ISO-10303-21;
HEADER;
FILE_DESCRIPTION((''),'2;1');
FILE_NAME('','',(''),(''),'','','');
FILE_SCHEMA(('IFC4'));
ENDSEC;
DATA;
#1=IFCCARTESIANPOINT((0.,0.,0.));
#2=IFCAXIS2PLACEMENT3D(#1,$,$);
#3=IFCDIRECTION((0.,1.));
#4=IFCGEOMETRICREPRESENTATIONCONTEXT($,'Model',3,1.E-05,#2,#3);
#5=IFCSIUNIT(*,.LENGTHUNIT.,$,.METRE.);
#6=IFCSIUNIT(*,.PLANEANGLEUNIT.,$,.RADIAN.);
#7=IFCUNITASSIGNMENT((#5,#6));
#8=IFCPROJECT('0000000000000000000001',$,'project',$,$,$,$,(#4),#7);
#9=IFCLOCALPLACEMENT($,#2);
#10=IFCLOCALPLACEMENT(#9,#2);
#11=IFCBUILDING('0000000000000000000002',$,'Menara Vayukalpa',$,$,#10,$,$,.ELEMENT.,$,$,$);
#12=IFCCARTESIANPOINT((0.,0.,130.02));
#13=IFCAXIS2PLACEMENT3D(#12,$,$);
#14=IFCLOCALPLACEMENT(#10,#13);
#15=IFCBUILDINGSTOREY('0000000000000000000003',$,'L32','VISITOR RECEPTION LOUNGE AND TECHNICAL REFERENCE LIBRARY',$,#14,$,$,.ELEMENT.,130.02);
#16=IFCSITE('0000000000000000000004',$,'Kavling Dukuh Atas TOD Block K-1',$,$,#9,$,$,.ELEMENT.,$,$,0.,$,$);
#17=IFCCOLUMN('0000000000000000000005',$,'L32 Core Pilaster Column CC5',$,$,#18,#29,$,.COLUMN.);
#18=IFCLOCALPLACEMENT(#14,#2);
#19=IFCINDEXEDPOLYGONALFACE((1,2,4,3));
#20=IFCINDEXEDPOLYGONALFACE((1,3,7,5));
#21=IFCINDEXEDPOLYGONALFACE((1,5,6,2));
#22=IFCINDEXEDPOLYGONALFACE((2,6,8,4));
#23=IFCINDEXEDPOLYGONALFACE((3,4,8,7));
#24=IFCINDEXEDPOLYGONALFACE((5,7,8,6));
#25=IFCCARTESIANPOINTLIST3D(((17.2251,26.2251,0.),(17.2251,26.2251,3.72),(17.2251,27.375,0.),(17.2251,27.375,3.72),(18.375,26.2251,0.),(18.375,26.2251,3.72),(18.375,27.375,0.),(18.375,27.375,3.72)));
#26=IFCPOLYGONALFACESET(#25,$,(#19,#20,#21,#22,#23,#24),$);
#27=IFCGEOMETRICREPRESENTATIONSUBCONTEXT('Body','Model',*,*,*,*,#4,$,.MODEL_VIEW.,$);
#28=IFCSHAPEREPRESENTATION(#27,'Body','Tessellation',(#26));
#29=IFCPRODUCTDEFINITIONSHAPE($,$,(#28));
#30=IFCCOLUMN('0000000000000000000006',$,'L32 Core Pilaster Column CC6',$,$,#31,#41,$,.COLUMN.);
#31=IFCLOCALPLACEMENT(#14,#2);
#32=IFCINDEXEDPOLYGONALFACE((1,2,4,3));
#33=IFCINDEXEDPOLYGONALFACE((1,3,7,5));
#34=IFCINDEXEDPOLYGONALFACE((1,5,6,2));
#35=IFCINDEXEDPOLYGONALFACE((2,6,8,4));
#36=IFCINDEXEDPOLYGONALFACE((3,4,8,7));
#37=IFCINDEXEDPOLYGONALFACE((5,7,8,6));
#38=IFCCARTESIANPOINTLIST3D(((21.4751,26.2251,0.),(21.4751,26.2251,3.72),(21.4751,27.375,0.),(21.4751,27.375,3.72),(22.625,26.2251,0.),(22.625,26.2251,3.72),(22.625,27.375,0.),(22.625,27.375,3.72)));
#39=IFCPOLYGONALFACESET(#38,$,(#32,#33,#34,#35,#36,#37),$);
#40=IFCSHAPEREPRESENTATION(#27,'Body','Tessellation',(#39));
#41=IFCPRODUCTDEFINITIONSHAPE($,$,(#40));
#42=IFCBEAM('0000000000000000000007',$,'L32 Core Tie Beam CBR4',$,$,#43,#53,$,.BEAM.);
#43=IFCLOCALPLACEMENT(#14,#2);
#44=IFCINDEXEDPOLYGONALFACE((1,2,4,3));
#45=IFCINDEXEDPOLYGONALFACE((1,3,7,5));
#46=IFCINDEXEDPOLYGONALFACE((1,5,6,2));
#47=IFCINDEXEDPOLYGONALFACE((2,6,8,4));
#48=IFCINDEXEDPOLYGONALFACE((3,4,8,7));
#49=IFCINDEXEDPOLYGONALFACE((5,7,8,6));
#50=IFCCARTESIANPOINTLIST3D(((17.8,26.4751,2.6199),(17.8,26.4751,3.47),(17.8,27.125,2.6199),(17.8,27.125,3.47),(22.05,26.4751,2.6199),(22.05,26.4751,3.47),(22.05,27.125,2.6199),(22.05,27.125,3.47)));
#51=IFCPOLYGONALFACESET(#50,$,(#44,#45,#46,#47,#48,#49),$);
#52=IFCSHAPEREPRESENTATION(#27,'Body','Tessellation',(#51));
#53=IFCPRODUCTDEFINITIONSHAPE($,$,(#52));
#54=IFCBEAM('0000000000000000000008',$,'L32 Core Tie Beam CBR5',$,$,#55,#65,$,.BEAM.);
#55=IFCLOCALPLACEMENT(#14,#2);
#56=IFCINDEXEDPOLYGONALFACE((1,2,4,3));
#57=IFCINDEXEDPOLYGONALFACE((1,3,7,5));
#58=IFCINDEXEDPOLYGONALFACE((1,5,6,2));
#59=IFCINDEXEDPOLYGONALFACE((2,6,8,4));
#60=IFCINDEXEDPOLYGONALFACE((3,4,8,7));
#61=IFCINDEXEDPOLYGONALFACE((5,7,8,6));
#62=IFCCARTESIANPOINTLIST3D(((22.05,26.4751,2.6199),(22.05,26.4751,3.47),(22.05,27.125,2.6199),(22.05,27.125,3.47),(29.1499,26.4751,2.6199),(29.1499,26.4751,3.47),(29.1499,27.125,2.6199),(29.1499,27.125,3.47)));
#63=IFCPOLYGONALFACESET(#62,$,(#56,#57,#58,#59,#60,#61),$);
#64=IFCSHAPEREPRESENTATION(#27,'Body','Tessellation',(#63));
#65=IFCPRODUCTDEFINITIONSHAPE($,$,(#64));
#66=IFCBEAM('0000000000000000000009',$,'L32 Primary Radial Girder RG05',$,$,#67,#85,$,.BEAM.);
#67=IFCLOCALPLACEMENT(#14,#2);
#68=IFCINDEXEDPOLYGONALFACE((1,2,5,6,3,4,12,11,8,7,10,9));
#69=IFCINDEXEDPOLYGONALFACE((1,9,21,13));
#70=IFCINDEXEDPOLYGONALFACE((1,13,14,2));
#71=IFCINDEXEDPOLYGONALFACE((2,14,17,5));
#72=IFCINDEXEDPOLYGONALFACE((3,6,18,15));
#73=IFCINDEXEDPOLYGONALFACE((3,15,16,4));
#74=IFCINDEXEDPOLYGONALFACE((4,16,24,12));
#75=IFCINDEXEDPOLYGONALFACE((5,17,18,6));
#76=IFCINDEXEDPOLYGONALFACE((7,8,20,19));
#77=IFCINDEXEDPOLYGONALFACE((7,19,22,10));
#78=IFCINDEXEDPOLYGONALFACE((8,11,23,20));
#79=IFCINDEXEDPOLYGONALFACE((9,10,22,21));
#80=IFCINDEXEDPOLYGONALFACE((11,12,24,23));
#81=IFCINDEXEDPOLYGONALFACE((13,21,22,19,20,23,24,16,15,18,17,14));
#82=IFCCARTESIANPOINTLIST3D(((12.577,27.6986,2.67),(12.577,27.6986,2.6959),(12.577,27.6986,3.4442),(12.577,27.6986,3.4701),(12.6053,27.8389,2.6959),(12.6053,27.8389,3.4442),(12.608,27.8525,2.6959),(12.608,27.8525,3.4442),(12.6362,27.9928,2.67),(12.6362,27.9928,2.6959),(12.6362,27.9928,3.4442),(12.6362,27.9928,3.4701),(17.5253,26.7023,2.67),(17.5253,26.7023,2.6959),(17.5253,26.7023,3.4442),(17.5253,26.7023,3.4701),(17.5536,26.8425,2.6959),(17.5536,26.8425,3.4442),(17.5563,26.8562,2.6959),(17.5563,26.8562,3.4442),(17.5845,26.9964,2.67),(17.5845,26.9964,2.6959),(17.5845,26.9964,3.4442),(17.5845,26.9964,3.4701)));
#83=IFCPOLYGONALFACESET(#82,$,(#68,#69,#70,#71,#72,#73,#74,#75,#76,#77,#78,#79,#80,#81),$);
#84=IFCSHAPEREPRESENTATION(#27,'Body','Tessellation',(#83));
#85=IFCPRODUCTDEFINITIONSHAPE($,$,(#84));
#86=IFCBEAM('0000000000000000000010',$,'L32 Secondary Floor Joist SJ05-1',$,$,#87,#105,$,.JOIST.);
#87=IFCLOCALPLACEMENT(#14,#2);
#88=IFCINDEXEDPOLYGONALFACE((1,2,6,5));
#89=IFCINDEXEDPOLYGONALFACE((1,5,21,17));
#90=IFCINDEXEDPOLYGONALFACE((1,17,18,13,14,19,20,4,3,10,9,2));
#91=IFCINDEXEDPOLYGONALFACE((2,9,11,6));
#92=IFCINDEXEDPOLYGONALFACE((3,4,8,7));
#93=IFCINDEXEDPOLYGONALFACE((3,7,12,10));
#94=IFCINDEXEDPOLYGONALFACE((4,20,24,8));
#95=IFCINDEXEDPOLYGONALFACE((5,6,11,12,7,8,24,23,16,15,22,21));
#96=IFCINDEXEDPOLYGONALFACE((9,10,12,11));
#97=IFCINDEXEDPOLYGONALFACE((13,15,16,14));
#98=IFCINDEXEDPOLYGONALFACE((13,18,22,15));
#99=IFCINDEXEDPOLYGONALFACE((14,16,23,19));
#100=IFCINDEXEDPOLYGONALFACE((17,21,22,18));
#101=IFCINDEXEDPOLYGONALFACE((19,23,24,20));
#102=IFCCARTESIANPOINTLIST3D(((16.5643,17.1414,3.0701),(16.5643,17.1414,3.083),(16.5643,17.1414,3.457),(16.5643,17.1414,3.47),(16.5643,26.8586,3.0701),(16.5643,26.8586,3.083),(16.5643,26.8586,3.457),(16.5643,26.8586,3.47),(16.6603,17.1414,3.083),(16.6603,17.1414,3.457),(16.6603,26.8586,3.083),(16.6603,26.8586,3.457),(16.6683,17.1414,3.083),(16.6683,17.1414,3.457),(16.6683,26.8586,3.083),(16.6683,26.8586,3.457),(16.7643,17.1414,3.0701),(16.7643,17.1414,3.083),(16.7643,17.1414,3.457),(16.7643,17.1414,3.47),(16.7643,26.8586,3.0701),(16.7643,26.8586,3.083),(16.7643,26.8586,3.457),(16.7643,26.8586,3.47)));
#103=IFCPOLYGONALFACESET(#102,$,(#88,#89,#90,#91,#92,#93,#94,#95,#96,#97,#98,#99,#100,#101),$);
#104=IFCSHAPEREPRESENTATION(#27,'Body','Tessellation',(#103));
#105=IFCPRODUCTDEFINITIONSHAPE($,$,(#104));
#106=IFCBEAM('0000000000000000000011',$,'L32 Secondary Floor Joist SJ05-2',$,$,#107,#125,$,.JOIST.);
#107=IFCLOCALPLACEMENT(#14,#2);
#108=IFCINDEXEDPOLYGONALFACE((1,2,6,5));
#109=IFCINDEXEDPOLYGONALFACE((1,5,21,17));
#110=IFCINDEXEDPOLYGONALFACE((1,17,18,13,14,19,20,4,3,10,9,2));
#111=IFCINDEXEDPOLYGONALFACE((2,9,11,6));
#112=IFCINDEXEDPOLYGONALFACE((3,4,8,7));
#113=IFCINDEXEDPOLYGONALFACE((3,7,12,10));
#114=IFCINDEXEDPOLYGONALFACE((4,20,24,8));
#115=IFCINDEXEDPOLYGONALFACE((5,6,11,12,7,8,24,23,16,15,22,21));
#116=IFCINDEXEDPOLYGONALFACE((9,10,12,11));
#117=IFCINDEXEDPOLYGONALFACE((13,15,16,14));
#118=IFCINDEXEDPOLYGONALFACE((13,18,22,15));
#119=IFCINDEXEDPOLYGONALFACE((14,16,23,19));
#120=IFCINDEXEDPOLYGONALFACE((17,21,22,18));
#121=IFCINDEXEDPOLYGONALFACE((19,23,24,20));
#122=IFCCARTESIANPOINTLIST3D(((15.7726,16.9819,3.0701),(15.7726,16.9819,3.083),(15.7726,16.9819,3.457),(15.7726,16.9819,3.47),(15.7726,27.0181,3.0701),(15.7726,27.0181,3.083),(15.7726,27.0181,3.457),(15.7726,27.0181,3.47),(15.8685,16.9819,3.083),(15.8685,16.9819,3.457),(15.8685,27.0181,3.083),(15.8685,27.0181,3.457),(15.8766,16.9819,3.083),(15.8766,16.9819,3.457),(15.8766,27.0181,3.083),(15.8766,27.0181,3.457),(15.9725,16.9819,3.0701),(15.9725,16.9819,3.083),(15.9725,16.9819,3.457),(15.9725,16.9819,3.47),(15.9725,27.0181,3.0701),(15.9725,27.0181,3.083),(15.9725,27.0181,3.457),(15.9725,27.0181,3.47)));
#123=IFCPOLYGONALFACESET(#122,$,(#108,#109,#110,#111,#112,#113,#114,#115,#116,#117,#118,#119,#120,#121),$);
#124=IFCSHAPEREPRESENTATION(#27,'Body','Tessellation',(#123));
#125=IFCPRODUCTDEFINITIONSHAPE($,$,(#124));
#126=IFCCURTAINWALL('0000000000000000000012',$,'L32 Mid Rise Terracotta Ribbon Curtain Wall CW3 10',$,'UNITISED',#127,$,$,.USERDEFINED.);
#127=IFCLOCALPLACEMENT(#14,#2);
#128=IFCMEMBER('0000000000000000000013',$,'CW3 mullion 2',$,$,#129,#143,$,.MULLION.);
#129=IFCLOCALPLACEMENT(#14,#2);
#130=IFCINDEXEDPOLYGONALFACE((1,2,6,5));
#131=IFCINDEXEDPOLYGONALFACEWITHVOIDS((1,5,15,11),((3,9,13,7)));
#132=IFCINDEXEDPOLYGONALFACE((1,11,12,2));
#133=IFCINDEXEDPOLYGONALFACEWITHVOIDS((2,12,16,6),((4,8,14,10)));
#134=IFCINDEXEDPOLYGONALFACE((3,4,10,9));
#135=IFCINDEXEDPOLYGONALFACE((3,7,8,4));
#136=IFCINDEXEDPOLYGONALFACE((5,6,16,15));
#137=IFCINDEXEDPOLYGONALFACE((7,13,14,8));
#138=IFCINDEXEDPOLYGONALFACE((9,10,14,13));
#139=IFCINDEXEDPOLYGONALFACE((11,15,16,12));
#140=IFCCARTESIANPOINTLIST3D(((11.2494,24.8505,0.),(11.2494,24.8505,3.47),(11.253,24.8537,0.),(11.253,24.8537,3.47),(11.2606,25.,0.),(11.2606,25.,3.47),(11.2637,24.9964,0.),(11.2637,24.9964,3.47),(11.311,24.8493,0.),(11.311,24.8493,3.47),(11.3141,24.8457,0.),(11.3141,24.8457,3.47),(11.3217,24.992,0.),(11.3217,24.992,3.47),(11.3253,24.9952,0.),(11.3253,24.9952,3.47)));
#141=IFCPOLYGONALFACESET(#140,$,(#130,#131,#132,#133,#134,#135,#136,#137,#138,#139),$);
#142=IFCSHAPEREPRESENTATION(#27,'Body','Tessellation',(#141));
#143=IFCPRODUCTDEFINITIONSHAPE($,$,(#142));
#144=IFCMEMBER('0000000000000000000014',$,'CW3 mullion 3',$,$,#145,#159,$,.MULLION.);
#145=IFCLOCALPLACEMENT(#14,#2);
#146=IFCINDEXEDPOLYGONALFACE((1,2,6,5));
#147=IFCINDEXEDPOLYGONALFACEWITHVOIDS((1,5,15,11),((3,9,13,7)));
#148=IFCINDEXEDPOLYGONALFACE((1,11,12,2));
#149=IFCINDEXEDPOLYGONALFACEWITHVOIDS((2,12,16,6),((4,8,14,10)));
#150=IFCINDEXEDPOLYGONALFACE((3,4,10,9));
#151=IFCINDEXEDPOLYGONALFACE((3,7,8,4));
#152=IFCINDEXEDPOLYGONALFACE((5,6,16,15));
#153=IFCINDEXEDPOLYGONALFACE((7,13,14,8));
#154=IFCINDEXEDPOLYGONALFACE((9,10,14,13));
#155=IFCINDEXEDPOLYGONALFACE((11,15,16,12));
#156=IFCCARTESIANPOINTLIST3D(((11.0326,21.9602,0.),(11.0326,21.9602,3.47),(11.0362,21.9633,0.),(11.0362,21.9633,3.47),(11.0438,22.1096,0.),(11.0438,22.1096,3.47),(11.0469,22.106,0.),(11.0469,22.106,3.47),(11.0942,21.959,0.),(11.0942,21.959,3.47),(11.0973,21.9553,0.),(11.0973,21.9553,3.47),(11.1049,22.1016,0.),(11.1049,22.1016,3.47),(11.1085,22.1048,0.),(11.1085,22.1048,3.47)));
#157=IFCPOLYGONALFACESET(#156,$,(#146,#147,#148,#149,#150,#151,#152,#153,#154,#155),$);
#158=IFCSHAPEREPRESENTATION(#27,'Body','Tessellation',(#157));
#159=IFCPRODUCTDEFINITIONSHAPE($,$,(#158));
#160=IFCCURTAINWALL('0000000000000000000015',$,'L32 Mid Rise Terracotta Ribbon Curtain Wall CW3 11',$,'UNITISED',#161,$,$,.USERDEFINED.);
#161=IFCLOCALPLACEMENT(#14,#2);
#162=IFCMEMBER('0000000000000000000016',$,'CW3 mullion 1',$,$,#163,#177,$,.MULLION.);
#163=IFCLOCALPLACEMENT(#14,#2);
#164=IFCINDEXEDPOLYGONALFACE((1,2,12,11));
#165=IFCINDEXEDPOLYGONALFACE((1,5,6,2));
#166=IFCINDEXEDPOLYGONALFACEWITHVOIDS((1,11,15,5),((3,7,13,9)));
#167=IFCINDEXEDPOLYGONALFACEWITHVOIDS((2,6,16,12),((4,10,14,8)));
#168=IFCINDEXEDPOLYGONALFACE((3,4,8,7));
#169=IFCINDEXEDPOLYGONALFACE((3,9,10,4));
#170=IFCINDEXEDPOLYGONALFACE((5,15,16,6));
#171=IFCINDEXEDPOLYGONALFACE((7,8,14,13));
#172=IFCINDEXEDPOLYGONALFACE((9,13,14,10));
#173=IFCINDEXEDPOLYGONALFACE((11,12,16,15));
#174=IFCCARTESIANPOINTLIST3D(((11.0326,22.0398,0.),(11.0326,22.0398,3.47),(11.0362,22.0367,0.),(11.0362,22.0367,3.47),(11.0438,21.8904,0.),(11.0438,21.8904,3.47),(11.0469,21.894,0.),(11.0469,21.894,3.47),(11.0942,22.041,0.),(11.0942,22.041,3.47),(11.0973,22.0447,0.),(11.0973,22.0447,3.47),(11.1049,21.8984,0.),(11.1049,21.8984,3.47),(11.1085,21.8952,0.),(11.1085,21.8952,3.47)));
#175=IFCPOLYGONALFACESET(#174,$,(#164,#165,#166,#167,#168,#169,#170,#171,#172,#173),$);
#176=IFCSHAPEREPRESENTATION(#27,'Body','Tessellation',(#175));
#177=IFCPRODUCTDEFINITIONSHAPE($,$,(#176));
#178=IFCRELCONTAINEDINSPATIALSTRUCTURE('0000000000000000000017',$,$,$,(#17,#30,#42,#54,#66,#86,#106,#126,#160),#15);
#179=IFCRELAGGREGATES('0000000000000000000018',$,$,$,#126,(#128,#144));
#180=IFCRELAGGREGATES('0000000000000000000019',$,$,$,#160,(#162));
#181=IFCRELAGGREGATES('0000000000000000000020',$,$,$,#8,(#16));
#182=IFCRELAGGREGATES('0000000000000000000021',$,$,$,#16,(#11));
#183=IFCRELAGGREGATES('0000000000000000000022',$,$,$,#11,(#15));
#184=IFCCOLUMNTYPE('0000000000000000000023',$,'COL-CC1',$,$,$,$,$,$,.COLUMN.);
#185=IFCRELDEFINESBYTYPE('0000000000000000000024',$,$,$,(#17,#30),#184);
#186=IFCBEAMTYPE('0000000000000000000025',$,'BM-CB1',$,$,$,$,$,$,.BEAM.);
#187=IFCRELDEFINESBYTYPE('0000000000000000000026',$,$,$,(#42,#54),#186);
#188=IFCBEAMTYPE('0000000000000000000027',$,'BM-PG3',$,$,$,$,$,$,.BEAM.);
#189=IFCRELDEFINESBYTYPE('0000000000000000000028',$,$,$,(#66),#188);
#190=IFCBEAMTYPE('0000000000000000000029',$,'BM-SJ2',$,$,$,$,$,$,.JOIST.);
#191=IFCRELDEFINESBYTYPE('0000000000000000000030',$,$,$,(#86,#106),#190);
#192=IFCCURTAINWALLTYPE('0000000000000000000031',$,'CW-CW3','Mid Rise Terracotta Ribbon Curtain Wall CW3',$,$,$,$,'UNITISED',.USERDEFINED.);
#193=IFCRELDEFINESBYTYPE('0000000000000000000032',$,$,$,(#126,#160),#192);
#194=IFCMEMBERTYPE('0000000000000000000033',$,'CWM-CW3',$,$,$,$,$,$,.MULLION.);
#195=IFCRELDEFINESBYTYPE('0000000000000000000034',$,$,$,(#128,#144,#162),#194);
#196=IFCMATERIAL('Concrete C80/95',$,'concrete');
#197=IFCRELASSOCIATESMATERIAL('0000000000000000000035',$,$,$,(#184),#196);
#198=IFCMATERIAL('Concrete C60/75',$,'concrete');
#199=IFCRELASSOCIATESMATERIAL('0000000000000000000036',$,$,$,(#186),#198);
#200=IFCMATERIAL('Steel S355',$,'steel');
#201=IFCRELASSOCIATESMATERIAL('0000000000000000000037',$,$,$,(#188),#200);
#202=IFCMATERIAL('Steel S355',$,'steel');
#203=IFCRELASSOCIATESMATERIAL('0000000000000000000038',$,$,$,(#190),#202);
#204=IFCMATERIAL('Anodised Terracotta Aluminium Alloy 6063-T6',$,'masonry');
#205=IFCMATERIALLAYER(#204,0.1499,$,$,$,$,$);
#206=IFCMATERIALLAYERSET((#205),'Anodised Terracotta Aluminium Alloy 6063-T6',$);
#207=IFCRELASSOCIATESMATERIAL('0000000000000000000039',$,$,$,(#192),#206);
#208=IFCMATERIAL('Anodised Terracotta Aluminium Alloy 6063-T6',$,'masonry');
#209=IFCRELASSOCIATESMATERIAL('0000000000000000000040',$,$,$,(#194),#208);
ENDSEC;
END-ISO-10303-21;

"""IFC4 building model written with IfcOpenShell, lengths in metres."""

from ifc_helpers import new_model, si_unit, direction, frame, origin, origin_2d, place, context, subcontext, project, spatial, rectangle, hollow_rectangle, i_section, extrude, material, layer, layer_set, material_profile, profile_set, type_object, element, aggregate, save


model = new_model("IFC4")

# Units and contexts
model_context = context("Model", 3, precision=1e-05, world=origin(), true_north=direction((0.0, 1.0)))
body_context = subcontext(model_context, "Body", "Model", "MODEL_VIEW")
ifc_project = project(units=[si_unit("LENGTHUNIT", "METRE"), si_unit("PLANEANGLEUNIT", "RADIAN")], contexts=[model_context])

# Site, building, storey
site_placement = place(None, origin())
site = spatial("IfcSite", under=ifc_project, at=site_placement, Name="Kavling Dukuh Atas TOD Block K-1", CompositionType="ELEMENT", RefElevation=0.0)
building_placement = place(site_placement, origin())
building = spatial("IfcBuilding", under=site, at=building_placement, Name="Menara Vayukalpa", CompositionType="ELEMENT")
storey_placement = place(building_placement, frame((0.0, 0.0, 130.02)))
storey = spatial("IfcBuildingStorey", under=building, at=storey_placement, Name="L32", Description="VISITOR RECEPTION LOUNGE AND TECHNICAL REFERENCE LIBRARY", CompositionType="ELEMENT", Elevation=130.02)

# Columns
ifc_material_1 = material(Name="Concrete C80/95", Category="concrete")
ifc_material_profile_1 = material_profile(ifc_material_1, rectangle(XDim=1.1499, YDim=1.1499, at=origin_2d()), Name="RC 1150x1150")
ifc_profile_set_1 = profile_set([ifc_material_profile_1], Name="Concrete C80/95")
column_type = type_object("IfcColumnType", Name="COL-CC1", PredefinedType="COLUMN", material=ifc_profile_set_1)
for number, where, z_axis, x_axis, name in (
    (1, (17.8, 26.8, 0.0), (0.0, 0.0, 1.0), (1.0, 0.0, 0.0), "L32 Core Pilaster Column CC5"),
    (2, (22.05, 26.8, 0.0), (0.0, 0.0, 1.0), (1.0, 0.0, 0.0), "L32 Core Pilaster Column CC6"),
):
    element("IfcColumn", number, at=place(storey_placement, frame(where, z_axis=z_axis, x_axis=x_axis)), inside=storey, type_object=column_type, Name=name, PredefinedType="COLUMN", context=body_context, shape_type="SweptSolid", body=[
        extrude(rectangle(XDim=1.1499, YDim=1.1499, at=origin_2d()), origin(), (0.0, 0.0, 1.0), 3.72),
    ])

# Beams
ifc_material_2 = material(Name="Concrete C60/75", Category="concrete")
ifc_material_profile_2 = material_profile(ifc_material_2, rectangle(XDim=0.6499, YDim=0.8501, at=origin_2d()), Name="RC 650x850")
ifc_profile_set_2 = profile_set([ifc_material_profile_2], Name="Concrete C60/75")
beam_type_1 = type_object("IfcBeamType", Name="BM-CB1", PredefinedType="BEAM", material=ifc_profile_set_2)
beam_1_placement = place(storey_placement, frame((17.8, 26.8, 3.0449), z_axis=(1.0, 0.0, 0.0), x_axis=(0.0, 1.0, 0.0)))
element("IfcBeam", 3, at=beam_1_placement, inside=storey, type_object=beam_type_1, Name="L32 Core Tie Beam CBR4", PredefinedType="BEAM", context=body_context, shape_type="SweptSolid", body=[
    extrude(rectangle(XDim=0.6499, YDim=0.8501, at=origin_2d()), origin(), (0.0, 0.0, 1.0), 4.25),
])
beam_2_placement = place(storey_placement, frame((22.05, 26.8, 3.0449), z_axis=(1.0, 0.0, 0.0), x_axis=(0.0, 1.0, 0.0)))
element("IfcBeam", 4, at=beam_2_placement, inside=storey, type_object=beam_type_1, Name="L32 Core Tie Beam CBR5", PredefinedType="BEAM", context=body_context, shape_type="SweptSolid", body=[
    extrude(rectangle(XDim=0.6499, YDim=0.8501, at=origin_2d()), origin(), (0.0, 0.0, 1.0), 7.0999),
])
ifc_material_3 = material(Name="Steel S355", Category="steel")
ifc_material_profile_3 = material_profile(ifc_material_3, i_section(OverallWidth=0.3, OverallDepth=0.8, WebThickness=0.0139, FlangeThickness=0.0259, at=origin_2d()), Name="WF 800x300x14x26")
ifc_profile_set_3 = profile_set([ifc_material_profile_3], Name="Steel S355")
beam_type_2 = type_object("IfcBeamType", Name="BM-PG3", PredefinedType="BEAM", material=ifc_profile_set_3)
beam_3_placement = place(storey_placement, frame((17.5549, 26.8494, 3.0701), z_axis=(-0.980325, 0.19739, 0.0), x_axis=(-0.19739, -0.980325, 0.0)))
element("IfcBeam", 5, at=beam_3_placement, inside=storey, type_object=beam_type_2, Name="L32 Primary Radial Girder RG05", PredefinedType="BEAM", context=body_context, shape_type="SweptSolid", body=[
    extrude(i_section(OverallWidth=0.3, OverallDepth=0.8, WebThickness=0.0139, FlangeThickness=0.0259, at=origin_2d()), origin(), (0.0, 0.0, 1.0), 5.0476),
])
ifc_material_4 = material(Name="Steel S355", Category="steel")
ifc_material_profile_4 = material_profile(ifc_material_4, i_section(OverallWidth=0.2, OverallDepth=0.3999, WebThickness=0.0081, FlangeThickness=0.0129, at=origin_2d()), Name="WF 400x200x8x13")
ifc_profile_set_4 = profile_set([ifc_material_profile_4], Name="Steel S355")
beam_type_3 = type_object("IfcBeamType", Name="BM-SJ2", PredefinedType="JOIST", material=ifc_profile_set_4)
beam_4_placement = place(storey_placement, frame((16.6643, 26.8586, 3.27), z_axis=(0.0, -1.0, 0.0), x_axis=(1.0, 0.0, 0.0)))
element("IfcBeam", 6, at=beam_4_placement, inside=storey, type_object=beam_type_3, Name="L32 Secondary Floor Joist SJ05-1", PredefinedType="JOIST", context=body_context, shape_type="SweptSolid", body=[
    extrude(i_section(OverallWidth=0.2, OverallDepth=0.3999, WebThickness=0.0081, FlangeThickness=0.0129, at=origin_2d()), origin(), (0.0, 0.0, 1.0), 9.7173),
])
beam_5_placement = place(storey_placement, frame((15.8726, 27.0181, 3.27), z_axis=(0.0, -1.0, 0.0), x_axis=(1.0, 0.0, 0.0)))
element("IfcBeam", 7, at=beam_5_placement, inside=storey, type_object=beam_type_3, Name="L32 Secondary Floor Joist SJ05-2", PredefinedType="JOIST", context=body_context, shape_type="SweptSolid", body=[
    extrude(i_section(OverallWidth=0.2, OverallDepth=0.3999, WebThickness=0.0081, FlangeThickness=0.0129, at=origin_2d()), origin(), (0.0, 0.0, 1.0), 10.0361),
])

# Curtain wall, members
ifc_material_5 = material(Name="Anodised Terracotta Aluminium Alloy 6063-T6", Category="masonry")
ifc_layer_1 = layer(ifc_material_5, 0.1499)
ifc_layer_set_1 = layer_set([ifc_layer_1], Name="Anodised Terracotta Aluminium Alloy 6063-T6")
curtain_wall_type = type_object("IfcCurtainWallType", Name="CW-CW3", Description="Mid Rise Terracotta Ribbon Curtain Wall CW3", ElementType="UNITISED", PredefinedType="USERDEFINED", material=ifc_layer_set_1)
curtain_wall_1_placement = place(storey_placement, origin())
curtain_wall_1 = element("IfcCurtainWall", 8, at=curtain_wall_1_placement, inside=storey, type_object=curtain_wall_type, Name="L32 Mid Rise Terracotta Ribbon Curtain Wall CW3 10", ObjectType="UNITISED", PredefinedType="USERDEFINED")
ifc_material_6 = material(Name="Anodised Terracotta Aluminium Alloy 6063-T6", Category="masonry")
ifc_material_profile_5 = material_profile(ifc_material_6, hollow_rectangle(XDim=0.0649, YDim=0.1499, WallThickness=0.0034, at=origin_2d()), Name="ALU 65x150x3.5")
ifc_profile_set_5 = profile_set([ifc_material_profile_5], Name="Anodised Terracotta Aluminium Alloy 6063-T6")
member_type_1 = type_object("IfcMemberType", Name="CWM-CW3", PredefinedType="MULLION", material=ifc_profile_set_5)
member_1_placement = place(storey_placement, frame((11.2874, 24.9229, 0.0), z_axis=(0.0, 0.0, 1.0), x_axis=(0.9972, -0.074785, 0.0)))
member_1 = element("IfcMember", 9, at=member_1_placement, type_object=member_type_1, Name="CW3 mullion 2", PredefinedType="MULLION", context=body_context, shape_type="SweptSolid", body=[
    extrude(hollow_rectangle(XDim=0.0649, YDim=0.1499, WallThickness=0.0034, at=origin_2d()), origin(), (0.0, 0.0, 1.0), 3.47),
])
member_2_placement = place(storey_placement, frame((11.0706, 22.0325, 0.0), z_axis=(0.0, 0.0, 1.0), x_axis=(0.9972, -0.074785, 0.0)))
member_2 = element("IfcMember", 10, at=member_2_placement, type_object=member_type_1, Name="CW3 mullion 3", PredefinedType="MULLION", context=body_context, shape_type="SweptSolid", body=[
    extrude(hollow_rectangle(XDim=0.0649, YDim=0.1499, WallThickness=0.0034, at=origin_2d()), origin(), (0.0, 0.0, 1.0), 3.47),
])

# Curtain wall, member
curtain_wall_2_placement = place(storey_placement, origin())
curtain_wall_2 = element("IfcCurtainWall", 11, at=curtain_wall_2_placement, inside=storey, type_object=curtain_wall_type, Name="L32 Mid Rise Terracotta Ribbon Curtain Wall CW3 11", ObjectType="UNITISED", PredefinedType="USERDEFINED")
member_3_placement = place(storey_placement, frame((11.0706, 21.9675, 0.0), z_axis=(0.0, 0.0, 1.0), x_axis=(0.9972, 0.074785, 0.0)))
member_3 = element("IfcMember", 12, at=member_3_placement, type_object=member_type_1, Name="CW3 mullion 1", PredefinedType="MULLION", context=body_context, shape_type="SweptSolid", body=[
    extrude(hollow_rectangle(XDim=0.0649, YDim=0.1499, WallThickness=0.0034, at=origin_2d()), origin(), (0.0, 0.0, 1.0), 3.47),
])

aggregate(curtain_wall_1, [member_1, member_2])
aggregate(curtain_wall_2, [member_3])

save(model, "model.ifc")
